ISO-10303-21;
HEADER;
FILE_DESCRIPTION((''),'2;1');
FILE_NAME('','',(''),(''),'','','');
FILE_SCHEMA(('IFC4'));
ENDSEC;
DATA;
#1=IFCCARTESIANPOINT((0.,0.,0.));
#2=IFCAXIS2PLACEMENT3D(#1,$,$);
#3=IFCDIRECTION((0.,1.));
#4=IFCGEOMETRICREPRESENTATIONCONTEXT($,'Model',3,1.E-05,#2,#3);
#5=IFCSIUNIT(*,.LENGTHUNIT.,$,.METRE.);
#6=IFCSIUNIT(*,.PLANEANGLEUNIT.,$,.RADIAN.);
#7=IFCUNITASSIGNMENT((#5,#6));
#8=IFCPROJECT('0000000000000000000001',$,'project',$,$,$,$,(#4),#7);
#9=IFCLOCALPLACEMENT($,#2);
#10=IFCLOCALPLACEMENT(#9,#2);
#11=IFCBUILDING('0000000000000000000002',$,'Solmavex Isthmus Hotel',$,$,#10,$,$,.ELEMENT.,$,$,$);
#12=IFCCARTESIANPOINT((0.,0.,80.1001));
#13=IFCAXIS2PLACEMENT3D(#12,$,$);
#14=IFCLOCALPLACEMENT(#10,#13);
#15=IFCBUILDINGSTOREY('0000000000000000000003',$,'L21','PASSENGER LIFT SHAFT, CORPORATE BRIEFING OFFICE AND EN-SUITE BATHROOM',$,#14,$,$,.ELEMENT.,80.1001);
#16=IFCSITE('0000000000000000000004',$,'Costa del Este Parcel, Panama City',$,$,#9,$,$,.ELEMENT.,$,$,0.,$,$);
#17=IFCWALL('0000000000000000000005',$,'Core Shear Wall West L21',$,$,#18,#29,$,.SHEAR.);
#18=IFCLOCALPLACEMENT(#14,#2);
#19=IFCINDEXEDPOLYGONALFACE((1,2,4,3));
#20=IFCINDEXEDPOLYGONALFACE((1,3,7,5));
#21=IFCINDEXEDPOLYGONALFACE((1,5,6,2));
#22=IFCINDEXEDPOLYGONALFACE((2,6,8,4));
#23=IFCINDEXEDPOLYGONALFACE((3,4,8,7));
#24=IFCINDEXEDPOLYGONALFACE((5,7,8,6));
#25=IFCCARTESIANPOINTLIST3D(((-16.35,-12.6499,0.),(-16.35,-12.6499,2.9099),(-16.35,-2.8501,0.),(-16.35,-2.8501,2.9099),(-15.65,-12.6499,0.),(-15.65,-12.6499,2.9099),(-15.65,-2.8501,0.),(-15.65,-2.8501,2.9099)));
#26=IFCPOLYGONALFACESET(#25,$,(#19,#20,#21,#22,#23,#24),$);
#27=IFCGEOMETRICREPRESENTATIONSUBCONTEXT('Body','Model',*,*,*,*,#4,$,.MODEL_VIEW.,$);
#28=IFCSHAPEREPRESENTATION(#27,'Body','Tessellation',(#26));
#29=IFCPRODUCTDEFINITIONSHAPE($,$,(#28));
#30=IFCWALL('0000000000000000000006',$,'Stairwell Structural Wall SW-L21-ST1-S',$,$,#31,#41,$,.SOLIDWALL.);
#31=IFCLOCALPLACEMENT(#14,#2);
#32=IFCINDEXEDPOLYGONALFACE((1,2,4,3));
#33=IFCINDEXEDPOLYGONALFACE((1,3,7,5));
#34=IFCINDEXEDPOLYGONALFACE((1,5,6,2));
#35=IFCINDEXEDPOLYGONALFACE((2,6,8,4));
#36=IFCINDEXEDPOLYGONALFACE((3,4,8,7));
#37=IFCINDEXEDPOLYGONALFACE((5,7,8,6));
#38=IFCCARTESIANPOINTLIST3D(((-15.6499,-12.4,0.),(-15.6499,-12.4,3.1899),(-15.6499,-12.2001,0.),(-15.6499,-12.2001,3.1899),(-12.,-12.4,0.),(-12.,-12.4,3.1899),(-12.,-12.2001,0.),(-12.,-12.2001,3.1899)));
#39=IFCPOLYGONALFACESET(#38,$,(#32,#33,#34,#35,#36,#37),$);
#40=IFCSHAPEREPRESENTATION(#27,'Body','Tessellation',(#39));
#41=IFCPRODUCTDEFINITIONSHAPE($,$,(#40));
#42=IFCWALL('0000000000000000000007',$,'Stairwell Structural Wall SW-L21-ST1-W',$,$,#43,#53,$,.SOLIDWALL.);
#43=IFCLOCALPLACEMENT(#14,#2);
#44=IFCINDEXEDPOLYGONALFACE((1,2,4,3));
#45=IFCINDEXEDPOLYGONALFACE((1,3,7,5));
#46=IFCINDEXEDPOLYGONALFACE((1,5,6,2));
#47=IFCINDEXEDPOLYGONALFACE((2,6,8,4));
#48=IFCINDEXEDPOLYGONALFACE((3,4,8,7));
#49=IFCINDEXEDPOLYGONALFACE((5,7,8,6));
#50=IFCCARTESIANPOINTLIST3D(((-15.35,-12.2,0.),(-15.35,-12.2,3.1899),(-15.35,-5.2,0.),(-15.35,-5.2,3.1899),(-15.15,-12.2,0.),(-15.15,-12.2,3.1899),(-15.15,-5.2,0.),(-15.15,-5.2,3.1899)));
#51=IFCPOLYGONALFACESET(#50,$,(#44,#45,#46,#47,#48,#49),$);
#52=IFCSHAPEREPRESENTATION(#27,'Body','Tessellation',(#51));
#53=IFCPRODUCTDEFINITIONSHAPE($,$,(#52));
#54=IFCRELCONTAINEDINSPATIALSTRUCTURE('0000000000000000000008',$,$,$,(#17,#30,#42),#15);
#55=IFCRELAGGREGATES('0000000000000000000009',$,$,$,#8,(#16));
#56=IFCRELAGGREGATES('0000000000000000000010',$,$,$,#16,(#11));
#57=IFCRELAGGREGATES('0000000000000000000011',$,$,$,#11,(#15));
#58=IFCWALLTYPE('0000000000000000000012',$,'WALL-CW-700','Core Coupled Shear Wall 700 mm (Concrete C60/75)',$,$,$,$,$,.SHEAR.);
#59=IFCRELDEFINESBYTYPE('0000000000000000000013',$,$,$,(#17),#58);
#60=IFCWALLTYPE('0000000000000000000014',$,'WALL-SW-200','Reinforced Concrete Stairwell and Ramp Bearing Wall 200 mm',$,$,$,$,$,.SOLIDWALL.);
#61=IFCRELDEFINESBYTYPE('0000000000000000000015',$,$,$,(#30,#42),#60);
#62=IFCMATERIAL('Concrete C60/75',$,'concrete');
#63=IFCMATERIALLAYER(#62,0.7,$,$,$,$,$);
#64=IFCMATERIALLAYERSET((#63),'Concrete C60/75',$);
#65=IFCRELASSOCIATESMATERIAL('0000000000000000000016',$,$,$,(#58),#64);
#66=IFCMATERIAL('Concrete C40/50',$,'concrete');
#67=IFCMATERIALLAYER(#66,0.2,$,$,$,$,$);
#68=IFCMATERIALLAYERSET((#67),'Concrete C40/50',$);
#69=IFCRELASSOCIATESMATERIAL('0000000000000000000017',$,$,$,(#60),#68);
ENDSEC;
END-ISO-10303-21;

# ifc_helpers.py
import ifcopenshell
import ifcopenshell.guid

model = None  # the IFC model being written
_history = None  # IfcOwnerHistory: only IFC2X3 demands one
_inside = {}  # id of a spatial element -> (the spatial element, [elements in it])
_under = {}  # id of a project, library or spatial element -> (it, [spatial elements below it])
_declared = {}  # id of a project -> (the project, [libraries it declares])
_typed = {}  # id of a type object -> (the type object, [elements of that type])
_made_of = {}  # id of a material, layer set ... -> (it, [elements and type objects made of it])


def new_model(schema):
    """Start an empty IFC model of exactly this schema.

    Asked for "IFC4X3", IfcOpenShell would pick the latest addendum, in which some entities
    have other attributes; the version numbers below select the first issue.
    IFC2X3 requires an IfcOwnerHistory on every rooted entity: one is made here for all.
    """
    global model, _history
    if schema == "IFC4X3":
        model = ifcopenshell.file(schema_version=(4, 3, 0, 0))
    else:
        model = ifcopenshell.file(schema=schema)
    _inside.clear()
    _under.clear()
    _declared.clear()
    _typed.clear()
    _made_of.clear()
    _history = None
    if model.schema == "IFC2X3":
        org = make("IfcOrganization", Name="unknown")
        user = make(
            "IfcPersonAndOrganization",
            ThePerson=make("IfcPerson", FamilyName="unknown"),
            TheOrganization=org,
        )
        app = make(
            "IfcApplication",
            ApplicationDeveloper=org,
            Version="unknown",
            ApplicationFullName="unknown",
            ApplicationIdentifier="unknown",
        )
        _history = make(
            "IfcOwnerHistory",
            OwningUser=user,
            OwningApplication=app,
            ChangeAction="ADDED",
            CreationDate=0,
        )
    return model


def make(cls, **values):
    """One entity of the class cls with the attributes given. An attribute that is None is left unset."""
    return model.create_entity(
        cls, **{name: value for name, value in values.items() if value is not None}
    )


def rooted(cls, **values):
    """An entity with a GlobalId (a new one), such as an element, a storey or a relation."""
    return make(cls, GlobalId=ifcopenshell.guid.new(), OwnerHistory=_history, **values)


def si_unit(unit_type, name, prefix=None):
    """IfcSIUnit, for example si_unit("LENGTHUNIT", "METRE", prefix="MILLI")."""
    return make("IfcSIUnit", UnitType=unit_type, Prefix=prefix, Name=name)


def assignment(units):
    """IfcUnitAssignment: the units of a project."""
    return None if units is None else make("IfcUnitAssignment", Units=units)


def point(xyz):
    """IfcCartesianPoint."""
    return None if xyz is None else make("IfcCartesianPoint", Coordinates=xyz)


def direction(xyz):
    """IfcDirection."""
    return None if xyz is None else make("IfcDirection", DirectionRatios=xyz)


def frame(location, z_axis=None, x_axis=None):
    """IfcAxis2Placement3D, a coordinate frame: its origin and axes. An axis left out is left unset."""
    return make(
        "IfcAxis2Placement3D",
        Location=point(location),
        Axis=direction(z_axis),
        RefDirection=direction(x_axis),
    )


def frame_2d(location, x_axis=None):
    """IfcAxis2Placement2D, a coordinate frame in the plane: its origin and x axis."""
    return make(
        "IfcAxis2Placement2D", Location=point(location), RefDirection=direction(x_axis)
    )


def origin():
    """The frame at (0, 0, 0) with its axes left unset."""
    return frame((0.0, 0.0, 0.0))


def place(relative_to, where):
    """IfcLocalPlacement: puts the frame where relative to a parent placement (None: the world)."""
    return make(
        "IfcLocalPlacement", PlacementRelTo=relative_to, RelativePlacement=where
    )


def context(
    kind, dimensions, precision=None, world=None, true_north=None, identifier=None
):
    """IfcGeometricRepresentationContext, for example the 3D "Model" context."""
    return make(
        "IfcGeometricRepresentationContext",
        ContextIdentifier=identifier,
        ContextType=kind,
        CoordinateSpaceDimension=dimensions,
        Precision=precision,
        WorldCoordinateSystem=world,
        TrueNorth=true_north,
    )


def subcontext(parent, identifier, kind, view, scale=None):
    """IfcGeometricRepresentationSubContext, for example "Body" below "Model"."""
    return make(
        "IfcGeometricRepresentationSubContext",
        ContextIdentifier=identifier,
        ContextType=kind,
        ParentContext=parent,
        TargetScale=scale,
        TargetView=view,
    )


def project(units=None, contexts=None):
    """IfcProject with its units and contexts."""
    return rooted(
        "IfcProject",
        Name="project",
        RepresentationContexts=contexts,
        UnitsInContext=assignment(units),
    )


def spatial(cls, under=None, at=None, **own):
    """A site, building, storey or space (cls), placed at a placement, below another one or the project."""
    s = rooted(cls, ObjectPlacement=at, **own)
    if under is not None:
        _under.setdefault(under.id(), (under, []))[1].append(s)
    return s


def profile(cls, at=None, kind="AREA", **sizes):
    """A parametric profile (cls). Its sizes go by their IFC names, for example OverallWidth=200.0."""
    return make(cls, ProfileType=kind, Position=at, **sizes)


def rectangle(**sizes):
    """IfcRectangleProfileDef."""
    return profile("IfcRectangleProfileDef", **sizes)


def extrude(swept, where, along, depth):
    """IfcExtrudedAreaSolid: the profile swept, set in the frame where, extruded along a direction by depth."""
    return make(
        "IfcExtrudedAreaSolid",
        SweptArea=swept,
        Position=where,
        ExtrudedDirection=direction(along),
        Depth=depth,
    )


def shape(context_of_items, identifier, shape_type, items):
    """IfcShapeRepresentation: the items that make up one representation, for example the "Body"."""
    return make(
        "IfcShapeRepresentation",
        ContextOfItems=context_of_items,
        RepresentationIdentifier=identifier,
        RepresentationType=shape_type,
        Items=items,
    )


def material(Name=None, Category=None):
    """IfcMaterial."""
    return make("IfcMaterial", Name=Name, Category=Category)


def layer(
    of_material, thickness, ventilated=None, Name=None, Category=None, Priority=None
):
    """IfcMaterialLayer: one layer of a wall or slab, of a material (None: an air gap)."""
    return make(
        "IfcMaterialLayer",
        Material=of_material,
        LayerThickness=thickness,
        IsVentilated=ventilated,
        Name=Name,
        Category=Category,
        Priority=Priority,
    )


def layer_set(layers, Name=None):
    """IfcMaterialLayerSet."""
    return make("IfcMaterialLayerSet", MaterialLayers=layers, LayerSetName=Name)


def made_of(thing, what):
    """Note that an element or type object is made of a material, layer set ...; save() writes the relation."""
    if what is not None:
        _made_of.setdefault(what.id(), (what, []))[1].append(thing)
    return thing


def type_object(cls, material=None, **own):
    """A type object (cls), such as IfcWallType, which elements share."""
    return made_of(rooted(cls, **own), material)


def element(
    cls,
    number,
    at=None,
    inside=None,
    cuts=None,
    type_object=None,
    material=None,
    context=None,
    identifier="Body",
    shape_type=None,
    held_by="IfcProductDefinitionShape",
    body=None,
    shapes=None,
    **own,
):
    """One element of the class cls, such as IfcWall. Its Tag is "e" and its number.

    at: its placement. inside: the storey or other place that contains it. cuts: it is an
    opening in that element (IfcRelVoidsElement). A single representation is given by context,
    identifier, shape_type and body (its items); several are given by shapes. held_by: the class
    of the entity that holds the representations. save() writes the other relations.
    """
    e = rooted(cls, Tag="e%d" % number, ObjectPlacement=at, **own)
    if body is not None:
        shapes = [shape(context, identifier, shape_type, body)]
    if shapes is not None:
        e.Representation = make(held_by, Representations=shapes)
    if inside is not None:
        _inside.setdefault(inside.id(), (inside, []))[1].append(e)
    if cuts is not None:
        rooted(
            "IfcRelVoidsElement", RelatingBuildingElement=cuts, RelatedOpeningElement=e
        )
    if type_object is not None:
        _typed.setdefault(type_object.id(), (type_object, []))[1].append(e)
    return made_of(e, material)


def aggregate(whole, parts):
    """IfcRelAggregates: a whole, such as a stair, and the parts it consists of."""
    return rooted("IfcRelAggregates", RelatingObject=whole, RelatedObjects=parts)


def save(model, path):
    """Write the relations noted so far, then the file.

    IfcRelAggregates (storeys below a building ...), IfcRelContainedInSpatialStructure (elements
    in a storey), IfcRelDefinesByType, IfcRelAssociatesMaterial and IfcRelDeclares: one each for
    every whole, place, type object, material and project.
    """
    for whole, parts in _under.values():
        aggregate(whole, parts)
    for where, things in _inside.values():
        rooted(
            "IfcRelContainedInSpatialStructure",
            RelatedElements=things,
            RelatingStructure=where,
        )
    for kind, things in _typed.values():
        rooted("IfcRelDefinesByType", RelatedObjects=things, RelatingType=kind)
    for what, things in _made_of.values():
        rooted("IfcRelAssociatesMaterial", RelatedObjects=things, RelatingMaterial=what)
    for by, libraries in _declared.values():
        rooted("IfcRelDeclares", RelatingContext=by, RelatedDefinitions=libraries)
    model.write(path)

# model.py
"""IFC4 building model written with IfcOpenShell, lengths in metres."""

from ifc_helpers import new_model, si_unit, direction, frame, frame_2d, origin, place, context, subcontext, project, spatial, rectangle, extrude, material, layer, layer_set, type_object, element, save


model = new_model("IFC4")

# Units and contexts
model_context = context("Model", 3, precision=1e-05, world=origin(), true_north=direction((0.0, 1.0)))
body_context = subcontext(model_context, "Body", "Model", "MODEL_VIEW")
ifc_project = project(units=[si_unit("LENGTHUNIT", "METRE"), si_unit("PLANEANGLEUNIT", "RADIAN")], contexts=[model_context])

# Site, building, storey
site_placement = place(None, origin())
site = spatial("IfcSite", under=ifc_project, at=site_placement, Name="Costa del Este Parcel, Panama City", CompositionType="ELEMENT", RefElevation=0.0)
building_placement = place(site_placement, origin())
building = spatial("IfcBuilding", under=site, at=building_placement, Name="Solmavex Isthmus Hotel", CompositionType="ELEMENT")
storey_placement = place(building_placement, frame((0.0, 0.0, 80.1001)))
storey = spatial("IfcBuildingStorey", under=building, at=storey_placement, Name="L21", Description="PASSENGER LIFT SHAFT, CORPORATE BRIEFING OFFICE AND EN-SUITE BATHROOM", CompositionType="ELEMENT", Elevation=80.1001)

# Shared definitions
ifc_material_1 = material(Name="Concrete C60/75", Category="concrete")

# Walls
ifc_layer_1 = layer(ifc_material_1, 0.7)
ifc_layer_set_1 = layer_set([ifc_layer_1], Name="Concrete C60/75")
wall_type_1 = type_object("IfcWallType", Name="WALL-CW-700", Description="Core Coupled Shear Wall 700 mm (Concrete C60/75)", PredefinedType="SHEAR", material=ifc_layer_set_1)
wall_1_placement = place(storey_placement, frame((-16.0, -12.6499, 0.0), z_axis=(0.0, 0.0, 1.0), x_axis=(0.0, 1.0, 0.0)))
element("IfcWall", 1, at=wall_1_placement, inside=storey, type_object=wall_type_1, Name="Core Shear Wall West L21", PredefinedType="SHEAR", context=body_context, shape_type="SweptSolid", body=[
    extrude(rectangle(XDim=9.7998, YDim=0.7, at=frame_2d((4.8999, 0.0))), origin(), (0.0, 0.0, 1.0), 2.9099),
])
ifc_material_2 = material(Name="Concrete C40/50", Category="concrete")
ifc_layer_2 = layer(ifc_material_2, 0.2)
ifc_layer_set_2 = layer_set([ifc_layer_2], Name="Concrete C40/50")
wall_type_2 = type_object("IfcWallType", Name="WALL-SW-200", Description="Reinforced Concrete Stairwell and Ramp Bearing Wall 200 mm", PredefinedType="SOLIDWALL", material=ifc_layer_set_2)
wall_2_placement = place(storey_placement, frame((-15.6499, -12.3, 0.0), z_axis=(0.0, 0.0, 1.0), x_axis=(1.0, 0.0, 0.0)))
element("IfcWall", 2, at=wall_2_placement, inside=storey, type_object=wall_type_2, Name="Stairwell Structural Wall SW-L21-ST1-S", PredefinedType="SOLIDWALL", context=body_context, shape_type="SweptSolid", body=[
    extrude(rectangle(XDim=3.6499, YDim=0.2, at=frame_2d((1.825, 0.0))), origin(), (0.0, 0.0, 1.0), 3.1899),
])
wall_3_placement = place(storey_placement, frame((-15.25, -12.2, 0.0), z_axis=(0.0, 0.0, 1.0), x_axis=(0.0, 1.0, 0.0)))
element("IfcWall", 3, at=wall_3_placement, inside=storey, type_object=wall_type_2, Name="Stairwell Structural Wall SW-L21-ST1-W", PredefinedType="SOLIDWALL", context=body_context, shape_type="SweptSolid", body=[
    extrude(rectangle(XDim=7.0, YDim=0.2, at=frame_2d((3.5, 0.0))), origin(), (0.0, 0.0, 1.0), 3.1899),
])

save(model, "model.ifc")
